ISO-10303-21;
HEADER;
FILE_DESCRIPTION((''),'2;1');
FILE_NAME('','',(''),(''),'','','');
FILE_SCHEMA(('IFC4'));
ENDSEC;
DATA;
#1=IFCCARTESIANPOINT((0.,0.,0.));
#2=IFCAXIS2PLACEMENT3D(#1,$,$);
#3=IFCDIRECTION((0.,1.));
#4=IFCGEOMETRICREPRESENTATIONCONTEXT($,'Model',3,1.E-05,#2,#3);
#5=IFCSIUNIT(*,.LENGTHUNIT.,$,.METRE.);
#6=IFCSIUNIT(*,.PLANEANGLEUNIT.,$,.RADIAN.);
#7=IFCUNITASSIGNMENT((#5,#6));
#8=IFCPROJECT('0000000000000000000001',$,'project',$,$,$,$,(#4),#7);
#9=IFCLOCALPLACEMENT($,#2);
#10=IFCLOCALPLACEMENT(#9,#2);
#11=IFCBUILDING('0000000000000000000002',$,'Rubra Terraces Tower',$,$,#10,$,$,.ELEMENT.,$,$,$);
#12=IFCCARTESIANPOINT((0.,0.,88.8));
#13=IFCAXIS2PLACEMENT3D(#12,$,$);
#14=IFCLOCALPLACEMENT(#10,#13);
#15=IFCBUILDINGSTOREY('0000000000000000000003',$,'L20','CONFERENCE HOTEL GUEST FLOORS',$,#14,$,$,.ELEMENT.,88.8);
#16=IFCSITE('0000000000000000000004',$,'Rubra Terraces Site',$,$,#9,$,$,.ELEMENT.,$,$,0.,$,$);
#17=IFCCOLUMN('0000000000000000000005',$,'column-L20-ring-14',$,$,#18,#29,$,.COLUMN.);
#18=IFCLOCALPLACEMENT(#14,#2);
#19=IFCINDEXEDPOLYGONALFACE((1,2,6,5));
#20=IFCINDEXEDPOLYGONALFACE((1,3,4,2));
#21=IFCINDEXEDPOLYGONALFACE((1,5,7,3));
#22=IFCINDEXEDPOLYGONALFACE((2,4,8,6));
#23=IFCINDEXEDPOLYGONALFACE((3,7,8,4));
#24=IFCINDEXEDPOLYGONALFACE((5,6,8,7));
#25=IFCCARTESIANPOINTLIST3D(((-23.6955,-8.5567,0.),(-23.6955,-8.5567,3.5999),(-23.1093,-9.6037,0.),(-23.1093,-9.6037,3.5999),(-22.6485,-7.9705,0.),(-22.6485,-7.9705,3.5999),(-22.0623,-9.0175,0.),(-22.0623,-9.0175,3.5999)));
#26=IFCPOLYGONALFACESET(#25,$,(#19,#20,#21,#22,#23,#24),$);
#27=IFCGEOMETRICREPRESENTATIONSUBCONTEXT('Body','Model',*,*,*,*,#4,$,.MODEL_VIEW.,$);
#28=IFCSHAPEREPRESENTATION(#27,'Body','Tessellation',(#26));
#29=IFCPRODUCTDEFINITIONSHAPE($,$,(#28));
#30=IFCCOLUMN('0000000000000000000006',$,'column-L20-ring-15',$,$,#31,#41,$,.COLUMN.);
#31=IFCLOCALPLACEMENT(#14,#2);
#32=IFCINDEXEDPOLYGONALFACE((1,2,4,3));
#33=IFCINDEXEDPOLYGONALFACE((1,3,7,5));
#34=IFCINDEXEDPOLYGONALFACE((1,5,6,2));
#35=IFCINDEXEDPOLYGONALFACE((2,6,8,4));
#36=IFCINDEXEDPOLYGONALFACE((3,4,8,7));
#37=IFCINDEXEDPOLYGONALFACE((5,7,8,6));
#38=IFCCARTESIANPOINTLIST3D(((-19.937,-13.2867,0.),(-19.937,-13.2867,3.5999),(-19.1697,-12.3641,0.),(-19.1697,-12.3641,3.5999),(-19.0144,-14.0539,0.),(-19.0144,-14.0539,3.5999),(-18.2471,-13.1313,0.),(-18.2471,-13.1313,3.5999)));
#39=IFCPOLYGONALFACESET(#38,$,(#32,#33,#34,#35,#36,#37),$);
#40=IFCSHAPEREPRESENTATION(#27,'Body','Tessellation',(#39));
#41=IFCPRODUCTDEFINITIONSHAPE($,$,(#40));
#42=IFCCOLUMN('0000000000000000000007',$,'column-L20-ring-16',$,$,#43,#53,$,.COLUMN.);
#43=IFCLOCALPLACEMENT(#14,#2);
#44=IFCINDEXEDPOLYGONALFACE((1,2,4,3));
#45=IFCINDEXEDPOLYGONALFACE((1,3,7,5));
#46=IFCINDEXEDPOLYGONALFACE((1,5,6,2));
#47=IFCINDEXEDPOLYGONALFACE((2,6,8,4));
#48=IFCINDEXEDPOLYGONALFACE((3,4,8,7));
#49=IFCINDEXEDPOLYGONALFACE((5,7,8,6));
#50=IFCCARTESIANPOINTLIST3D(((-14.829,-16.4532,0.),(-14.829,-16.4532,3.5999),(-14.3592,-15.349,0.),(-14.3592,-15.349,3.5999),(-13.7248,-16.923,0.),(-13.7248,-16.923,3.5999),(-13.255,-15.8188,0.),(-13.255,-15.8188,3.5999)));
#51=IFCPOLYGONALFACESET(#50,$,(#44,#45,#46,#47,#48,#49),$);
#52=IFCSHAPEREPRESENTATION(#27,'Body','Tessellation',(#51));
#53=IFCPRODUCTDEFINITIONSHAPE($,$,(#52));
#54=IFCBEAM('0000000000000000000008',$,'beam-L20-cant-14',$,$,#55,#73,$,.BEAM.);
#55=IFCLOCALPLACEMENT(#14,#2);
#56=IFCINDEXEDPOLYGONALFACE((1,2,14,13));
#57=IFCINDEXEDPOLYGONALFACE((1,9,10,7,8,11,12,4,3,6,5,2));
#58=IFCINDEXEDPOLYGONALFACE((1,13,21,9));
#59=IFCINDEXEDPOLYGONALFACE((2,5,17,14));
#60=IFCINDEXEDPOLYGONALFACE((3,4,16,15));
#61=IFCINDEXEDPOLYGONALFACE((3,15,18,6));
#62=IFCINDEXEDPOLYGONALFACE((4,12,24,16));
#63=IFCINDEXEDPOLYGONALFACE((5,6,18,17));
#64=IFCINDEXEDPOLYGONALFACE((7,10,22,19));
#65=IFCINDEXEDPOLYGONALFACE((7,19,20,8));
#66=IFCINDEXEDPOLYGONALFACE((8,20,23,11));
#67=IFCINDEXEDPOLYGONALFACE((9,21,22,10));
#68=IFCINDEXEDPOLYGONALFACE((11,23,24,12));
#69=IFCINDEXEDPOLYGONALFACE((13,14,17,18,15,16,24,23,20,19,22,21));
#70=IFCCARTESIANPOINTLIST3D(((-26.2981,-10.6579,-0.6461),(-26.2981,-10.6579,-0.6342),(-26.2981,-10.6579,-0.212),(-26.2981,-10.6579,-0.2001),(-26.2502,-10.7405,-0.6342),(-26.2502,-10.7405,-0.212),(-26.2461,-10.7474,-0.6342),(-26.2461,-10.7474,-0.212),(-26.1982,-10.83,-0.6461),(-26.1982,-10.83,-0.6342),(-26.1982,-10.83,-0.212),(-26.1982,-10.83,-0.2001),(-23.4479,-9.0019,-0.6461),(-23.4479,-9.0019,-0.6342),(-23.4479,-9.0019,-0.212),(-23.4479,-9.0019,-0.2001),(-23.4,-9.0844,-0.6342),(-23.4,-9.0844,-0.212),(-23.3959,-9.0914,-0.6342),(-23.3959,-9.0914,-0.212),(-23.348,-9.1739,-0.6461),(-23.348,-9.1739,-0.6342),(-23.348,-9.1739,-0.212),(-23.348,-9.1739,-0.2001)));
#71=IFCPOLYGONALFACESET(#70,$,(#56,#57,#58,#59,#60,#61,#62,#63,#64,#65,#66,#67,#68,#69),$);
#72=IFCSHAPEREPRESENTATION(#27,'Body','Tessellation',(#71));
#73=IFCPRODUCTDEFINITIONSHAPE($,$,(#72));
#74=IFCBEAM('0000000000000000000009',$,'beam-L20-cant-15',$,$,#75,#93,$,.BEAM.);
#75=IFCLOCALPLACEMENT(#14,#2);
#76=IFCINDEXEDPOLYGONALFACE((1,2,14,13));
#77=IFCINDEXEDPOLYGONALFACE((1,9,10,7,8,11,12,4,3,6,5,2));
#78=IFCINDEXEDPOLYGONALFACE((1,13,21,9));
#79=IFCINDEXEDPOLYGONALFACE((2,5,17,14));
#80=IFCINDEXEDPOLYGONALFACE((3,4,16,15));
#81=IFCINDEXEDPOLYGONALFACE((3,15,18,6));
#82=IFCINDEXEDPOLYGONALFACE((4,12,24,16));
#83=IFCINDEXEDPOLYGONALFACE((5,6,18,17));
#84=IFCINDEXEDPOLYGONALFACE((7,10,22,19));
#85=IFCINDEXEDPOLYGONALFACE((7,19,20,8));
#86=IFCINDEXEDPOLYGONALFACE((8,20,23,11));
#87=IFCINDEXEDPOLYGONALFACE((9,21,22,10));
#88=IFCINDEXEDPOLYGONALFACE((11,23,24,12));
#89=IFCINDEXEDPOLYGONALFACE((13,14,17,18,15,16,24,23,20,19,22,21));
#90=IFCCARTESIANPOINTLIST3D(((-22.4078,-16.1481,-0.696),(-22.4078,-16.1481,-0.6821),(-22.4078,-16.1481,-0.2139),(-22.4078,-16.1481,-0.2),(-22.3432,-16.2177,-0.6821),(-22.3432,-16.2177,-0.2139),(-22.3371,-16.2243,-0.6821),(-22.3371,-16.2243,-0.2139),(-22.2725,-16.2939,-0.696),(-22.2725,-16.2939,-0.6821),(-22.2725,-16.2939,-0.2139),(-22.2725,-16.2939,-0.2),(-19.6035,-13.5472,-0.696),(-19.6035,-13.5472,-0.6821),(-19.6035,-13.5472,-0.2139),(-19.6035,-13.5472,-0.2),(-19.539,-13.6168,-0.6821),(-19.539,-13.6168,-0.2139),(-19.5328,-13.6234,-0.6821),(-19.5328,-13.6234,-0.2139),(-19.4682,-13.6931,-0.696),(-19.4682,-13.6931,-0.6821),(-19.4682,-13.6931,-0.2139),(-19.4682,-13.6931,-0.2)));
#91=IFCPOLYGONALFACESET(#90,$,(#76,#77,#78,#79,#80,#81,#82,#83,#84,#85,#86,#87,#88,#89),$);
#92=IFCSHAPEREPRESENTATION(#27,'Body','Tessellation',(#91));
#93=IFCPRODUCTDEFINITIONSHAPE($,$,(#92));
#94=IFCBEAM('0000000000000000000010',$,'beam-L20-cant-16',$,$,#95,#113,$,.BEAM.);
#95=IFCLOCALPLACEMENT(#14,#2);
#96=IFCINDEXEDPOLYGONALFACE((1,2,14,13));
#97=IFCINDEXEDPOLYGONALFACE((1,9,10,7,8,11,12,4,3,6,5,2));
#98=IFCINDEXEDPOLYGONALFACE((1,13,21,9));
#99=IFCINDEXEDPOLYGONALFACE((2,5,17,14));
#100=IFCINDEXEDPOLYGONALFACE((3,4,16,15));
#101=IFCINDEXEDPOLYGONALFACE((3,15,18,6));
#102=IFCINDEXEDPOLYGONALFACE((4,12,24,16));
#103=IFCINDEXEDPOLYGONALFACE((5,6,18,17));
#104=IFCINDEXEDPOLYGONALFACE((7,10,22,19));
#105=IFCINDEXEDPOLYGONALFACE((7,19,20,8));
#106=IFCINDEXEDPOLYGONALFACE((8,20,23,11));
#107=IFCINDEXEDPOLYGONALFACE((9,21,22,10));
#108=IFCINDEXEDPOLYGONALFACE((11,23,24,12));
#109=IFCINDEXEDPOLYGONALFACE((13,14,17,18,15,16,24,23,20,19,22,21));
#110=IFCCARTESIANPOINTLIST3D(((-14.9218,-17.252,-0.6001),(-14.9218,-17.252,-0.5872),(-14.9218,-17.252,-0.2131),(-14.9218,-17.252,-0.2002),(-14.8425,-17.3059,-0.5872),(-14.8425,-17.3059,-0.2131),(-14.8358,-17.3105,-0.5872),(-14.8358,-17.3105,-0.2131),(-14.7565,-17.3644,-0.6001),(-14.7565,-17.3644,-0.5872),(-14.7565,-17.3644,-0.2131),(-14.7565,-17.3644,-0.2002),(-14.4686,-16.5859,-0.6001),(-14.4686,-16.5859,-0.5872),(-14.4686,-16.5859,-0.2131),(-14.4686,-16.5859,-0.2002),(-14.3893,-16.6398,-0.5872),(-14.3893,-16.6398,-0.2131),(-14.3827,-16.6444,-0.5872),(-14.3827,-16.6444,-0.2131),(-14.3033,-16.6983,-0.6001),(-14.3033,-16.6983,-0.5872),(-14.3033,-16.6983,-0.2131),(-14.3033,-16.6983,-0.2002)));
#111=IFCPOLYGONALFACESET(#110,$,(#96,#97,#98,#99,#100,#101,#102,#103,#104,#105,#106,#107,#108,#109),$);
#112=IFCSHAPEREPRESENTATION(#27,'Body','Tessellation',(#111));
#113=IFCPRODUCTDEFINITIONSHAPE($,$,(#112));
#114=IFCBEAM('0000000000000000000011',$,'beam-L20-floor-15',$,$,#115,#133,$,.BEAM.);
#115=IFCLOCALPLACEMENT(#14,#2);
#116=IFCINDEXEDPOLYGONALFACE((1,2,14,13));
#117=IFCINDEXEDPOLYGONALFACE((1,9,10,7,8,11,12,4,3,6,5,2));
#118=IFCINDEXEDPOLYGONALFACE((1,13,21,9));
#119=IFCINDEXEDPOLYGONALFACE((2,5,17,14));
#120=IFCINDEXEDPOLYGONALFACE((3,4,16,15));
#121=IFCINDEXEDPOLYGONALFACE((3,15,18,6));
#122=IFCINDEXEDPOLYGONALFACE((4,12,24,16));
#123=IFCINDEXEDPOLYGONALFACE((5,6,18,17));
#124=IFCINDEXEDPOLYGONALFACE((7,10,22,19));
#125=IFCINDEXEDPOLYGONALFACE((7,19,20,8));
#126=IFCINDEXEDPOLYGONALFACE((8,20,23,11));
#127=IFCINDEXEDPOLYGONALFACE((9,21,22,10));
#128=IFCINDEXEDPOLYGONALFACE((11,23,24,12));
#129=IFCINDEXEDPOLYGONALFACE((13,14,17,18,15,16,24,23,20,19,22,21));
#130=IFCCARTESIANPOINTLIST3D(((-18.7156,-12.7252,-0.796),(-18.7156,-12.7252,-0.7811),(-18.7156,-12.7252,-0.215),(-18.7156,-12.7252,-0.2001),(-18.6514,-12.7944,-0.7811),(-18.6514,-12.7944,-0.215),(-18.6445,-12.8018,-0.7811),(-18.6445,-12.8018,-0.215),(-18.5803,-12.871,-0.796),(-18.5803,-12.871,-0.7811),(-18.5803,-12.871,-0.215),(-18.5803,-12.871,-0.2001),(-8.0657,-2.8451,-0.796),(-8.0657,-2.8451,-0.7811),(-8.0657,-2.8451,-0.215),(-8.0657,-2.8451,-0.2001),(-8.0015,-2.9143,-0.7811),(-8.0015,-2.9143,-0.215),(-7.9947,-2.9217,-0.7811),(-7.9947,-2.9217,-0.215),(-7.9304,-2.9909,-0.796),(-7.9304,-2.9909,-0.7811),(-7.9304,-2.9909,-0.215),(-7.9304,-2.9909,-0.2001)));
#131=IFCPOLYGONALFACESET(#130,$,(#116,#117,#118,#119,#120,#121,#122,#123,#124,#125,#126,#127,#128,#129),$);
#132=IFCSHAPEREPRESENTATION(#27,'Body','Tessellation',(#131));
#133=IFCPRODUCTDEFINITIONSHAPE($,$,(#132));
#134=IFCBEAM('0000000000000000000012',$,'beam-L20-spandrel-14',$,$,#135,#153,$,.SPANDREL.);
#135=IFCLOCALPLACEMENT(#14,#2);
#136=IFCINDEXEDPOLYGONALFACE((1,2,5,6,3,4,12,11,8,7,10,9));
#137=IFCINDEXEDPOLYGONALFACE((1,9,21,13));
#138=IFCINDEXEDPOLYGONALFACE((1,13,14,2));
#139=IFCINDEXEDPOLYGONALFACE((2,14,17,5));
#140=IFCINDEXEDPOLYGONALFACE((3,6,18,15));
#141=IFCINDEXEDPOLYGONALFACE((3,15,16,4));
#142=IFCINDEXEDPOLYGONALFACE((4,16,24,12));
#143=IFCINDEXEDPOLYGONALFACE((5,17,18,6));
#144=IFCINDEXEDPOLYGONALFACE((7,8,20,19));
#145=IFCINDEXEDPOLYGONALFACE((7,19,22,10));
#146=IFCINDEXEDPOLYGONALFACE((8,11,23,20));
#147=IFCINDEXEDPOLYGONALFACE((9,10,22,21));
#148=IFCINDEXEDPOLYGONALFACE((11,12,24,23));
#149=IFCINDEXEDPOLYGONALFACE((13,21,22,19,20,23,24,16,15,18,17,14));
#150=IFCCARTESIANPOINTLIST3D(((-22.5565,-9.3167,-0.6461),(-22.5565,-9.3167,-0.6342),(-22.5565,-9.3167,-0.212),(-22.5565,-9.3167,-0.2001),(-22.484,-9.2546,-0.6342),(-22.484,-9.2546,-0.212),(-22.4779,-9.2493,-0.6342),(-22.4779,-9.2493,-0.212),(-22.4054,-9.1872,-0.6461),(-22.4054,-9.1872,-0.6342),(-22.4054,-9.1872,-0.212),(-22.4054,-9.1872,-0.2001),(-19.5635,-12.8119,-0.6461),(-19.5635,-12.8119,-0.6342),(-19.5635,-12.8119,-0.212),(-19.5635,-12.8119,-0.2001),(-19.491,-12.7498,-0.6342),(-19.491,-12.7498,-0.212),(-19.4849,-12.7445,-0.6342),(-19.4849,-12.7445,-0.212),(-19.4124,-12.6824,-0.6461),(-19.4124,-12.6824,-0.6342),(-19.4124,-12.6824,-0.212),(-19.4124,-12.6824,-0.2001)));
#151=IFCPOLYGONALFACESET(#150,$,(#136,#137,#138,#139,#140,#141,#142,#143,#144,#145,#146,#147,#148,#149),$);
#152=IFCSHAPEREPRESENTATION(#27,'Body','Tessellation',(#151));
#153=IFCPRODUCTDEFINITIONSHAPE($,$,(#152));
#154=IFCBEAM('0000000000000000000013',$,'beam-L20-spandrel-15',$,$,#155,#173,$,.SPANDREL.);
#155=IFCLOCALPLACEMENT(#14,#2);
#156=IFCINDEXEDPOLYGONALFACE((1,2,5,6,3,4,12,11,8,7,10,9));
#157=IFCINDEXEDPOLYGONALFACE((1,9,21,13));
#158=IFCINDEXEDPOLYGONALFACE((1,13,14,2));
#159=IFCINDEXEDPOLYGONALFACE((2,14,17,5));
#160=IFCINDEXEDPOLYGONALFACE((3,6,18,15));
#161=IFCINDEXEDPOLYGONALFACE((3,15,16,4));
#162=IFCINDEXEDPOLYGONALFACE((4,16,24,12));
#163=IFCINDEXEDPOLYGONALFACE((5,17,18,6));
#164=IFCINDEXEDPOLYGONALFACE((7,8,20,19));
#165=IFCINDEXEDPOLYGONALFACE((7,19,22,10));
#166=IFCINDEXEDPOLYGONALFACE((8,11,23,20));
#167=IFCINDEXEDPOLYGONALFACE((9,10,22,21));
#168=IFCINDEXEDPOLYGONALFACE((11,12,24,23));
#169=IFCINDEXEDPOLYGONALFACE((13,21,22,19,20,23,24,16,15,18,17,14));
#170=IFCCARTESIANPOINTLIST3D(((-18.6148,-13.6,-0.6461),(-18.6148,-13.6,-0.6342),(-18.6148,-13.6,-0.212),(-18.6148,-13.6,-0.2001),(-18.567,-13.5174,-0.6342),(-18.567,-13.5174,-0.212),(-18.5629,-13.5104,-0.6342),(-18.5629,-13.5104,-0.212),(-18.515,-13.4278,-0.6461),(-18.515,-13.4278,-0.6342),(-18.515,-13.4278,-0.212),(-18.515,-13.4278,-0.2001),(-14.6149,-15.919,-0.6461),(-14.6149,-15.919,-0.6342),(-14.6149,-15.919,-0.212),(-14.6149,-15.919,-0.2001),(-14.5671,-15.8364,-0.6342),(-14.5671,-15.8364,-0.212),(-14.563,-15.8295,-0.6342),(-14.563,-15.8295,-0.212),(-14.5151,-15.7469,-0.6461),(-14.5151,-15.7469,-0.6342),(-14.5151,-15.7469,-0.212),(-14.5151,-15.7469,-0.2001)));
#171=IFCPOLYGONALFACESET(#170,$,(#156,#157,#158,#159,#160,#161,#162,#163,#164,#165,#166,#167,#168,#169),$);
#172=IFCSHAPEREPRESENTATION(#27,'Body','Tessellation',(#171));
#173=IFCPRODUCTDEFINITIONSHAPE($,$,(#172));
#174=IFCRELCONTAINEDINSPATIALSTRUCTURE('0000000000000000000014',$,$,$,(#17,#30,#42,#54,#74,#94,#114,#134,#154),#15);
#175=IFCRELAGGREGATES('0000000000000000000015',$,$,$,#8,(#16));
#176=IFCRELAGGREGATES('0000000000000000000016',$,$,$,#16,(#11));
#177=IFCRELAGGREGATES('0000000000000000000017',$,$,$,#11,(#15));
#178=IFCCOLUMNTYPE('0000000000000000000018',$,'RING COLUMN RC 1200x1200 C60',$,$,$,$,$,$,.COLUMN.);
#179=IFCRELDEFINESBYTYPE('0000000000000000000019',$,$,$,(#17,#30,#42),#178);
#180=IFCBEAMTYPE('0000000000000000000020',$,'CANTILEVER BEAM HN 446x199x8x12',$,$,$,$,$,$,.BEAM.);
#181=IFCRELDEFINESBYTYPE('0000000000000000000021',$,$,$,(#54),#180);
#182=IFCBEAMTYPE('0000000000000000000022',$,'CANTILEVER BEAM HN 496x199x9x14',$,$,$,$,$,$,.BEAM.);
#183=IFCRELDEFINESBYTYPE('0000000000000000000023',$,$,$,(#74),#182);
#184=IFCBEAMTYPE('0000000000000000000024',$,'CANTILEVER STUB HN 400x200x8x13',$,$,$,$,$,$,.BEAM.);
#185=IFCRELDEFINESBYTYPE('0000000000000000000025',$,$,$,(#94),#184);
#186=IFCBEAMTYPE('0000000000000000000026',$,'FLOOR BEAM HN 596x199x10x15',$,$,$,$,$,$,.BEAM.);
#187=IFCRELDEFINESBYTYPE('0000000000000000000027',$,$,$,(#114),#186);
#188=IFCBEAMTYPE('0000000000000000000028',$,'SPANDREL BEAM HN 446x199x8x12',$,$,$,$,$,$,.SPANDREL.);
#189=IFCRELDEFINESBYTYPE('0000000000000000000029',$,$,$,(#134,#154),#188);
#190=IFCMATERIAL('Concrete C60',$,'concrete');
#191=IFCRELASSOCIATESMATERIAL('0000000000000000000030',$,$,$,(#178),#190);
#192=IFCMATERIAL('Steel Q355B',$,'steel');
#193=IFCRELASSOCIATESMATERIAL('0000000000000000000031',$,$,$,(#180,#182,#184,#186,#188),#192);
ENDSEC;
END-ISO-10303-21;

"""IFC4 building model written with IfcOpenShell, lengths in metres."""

from ifc_helpers import new_model, si_unit, direction, frame, origin, origin_2d, place, context, subcontext, project, spatial, rectangle, i_section, extrude, material, material_profile, profile_set, type_object, element, save


model = new_model("IFC4")

# Units and contexts
model_context = context("Model", 3, precision=1e-05, world=origin(), true_north=direction((0.0, 1.0)))
body_context = subcontext(model_context, "Body", "Model", "MODEL_VIEW")
ifc_project = project(units=[si_unit("LENGTHUNIT", "METRE"), si_unit("PLANEANGLEUNIT", "RADIAN")], contexts=[model_context])

# Site, building, storey
site_placement = place(None, origin())
site = spatial("IfcSite", under=ifc_project, at=site_placement, Name="Rubra Terraces Site", CompositionType="ELEMENT", RefElevation=0.0)
building_placement = place(site_placement, origin())
building = spatial("IfcBuilding", under=site, at=building_placement, Name="Rubra Terraces Tower", CompositionType="ELEMENT")
storey_placement = place(building_placement, frame((0.0, 0.0, 88.8)))
storey = spatial("IfcBuildingStorey", under=building, at=storey_placement, Name="L20", Description="CONFERENCE HOTEL GUEST FLOORS", CompositionType="ELEMENT", Elevation=88.8)

# Columns
ifc_material_1 = material(Name="Concrete C60", Category="concrete")
ifc_material_profile_1 = material_profile(ifc_material_1, rectangle(XDim=1.2, YDim=1.2, at=origin_2d()), Name="RC 1200x1200")
ifc_profile_set_1 = profile_set([ifc_material_profile_1], Name="Concrete C60")
column_type = type_object("IfcColumnType", Name="RING COLUMN RC 1200x1200 C60", PredefinedType="COLUMN", material=ifc_profile_set_1)
for number, where, z_axis, x_axis, name in (
    (1, (-22.8789, -8.7871, 0.0), (0.0, 0.0, 1.0), (0.488526, -0.872549, 0.0), "column-L20-ring-14"),
    (2, (-19.092, -13.209, 0.0), (0.0, 0.0, 1.0), (0.76887, -0.639405, 0.0), "column-L20-ring-15"),
    (3, (-14.042, -16.136, 0.0), (0.0, 0.0, 1.0), (0.920168, -0.391524, 0.0), "column-L20-ring-16"),
):
    element("IfcColumn", number, at=place(storey_placement, frame(where, z_axis=z_axis, x_axis=x_axis)), inside=storey, type_object=column_type, Name=name, PredefinedType="COLUMN", context=body_context, shape_type="SweptSolid", body=[
        extrude(rectangle(XDim=1.2, YDim=1.2, at=origin_2d()), origin(), (0.0, 0.0, 1.0), 3.5999),
    ])

# Beams
ifc_material_2 = material(Name="Steel Q355B", Category="steel")
ifc_material_profile_2 = material_profile(ifc_material_2, i_section(OverallWidth=0.199, OverallDepth=0.446, WebThickness=0.0081, FlangeThickness=0.012, at=origin_2d()), Name="HN 446x199x8x12")
ifc_profile_set_2 = profile_set([ifc_material_profile_2], Name="Steel Q355B")
beam_type_1 = type_object("IfcBeamType", Name="CANTILEVER BEAM HN 446x199x8x12", PredefinedType="BEAM", material=ifc_profile_set_2)
beam_1_placement = place(storey_placement, frame((-23.3979, -9.0879, -0.4231), z_axis=(-0.864643, -0.502387, 0.0), x_axis=(0.502387, -0.864643, 0.0)))
element("IfcBeam", 4, at=beam_1_placement, inside=storey, type_object=beam_type_1, Name="beam-L20-cant-14", PredefinedType="BEAM", context=body_context, shape_type="SweptSolid", body=[
    extrude(i_section(OverallWidth=0.199, OverallDepth=0.446, WebThickness=0.0081, FlangeThickness=0.012, at=origin_2d()), origin(), (0.0, 0.0, 1.0), 3.2964),
])
ifc_material_profile_3 = material_profile(ifc_material_2, i_section(OverallWidth=0.199, OverallDepth=0.4961, WebThickness=0.009, FlangeThickness=0.0139, at=origin_2d()), Name="HN 496x199x9x14")
ifc_profile_set_3 = profile_set([ifc_material_profile_3], Name="Steel Q355B")
beam_type_2 = type_object("IfcBeamType", Name="CANTILEVER BEAM HN 496x199x9x14", PredefinedType="BEAM", material=ifc_profile_set_3)
beam_2_placement = place(storey_placement, frame((-19.5359, -13.6201, -0.448), z_axis=(-0.733194, -0.68002, 0.0), x_axis=(0.68002, -0.733194, 0.0)))
element("IfcBeam", 5, at=beam_2_placement, inside=storey, type_object=beam_type_2, Name="beam-L20-cant-15", PredefinedType="BEAM", context=body_context, shape_type="SweptSolid", body=[
    extrude(i_section(OverallWidth=0.199, OverallDepth=0.4961, WebThickness=0.009, FlangeThickness=0.0139, at=origin_2d()), origin(), (0.0, 0.0, 1.0), 3.8247),
])
ifc_material_profile_4 = material_profile(ifc_material_2, i_section(OverallWidth=0.2, OverallDepth=0.3999, WebThickness=0.0081, FlangeThickness=0.0129, at=origin_2d()), Name="HN 400x200x8x13")
ifc_profile_set_4 = profile_set([ifc_material_profile_4], Name="Steel Q355B")
beam_type_3 = type_object("IfcBeamType", Name="CANTILEVER STUB HN 400x200x8x13", PredefinedType="BEAM", material=ifc_profile_set_4)
beam_3_placement = place(storey_placement, frame((-14.386, -16.6421, -0.4001), z_axis=(-0.562509, -0.826791, 0.0), x_axis=(0.826791, -0.562509, 0.0)))
element("IfcBeam", 6, at=beam_3_placement, inside=storey, type_object=beam_type_3, Name="beam-L20-cant-16", PredefinedType="BEAM", context=body_context, shape_type="SweptSolid", body=[
    extrude(i_section(OverallWidth=0.2, OverallDepth=0.3999, WebThickness=0.0081, FlangeThickness=0.0129, at=origin_2d()), origin(), (0.0, 0.0, 1.0), 0.8057),
])
ifc_material_profile_5 = material_profile(ifc_material_2, i_section(OverallWidth=0.199, OverallDepth=0.5959, WebThickness=0.01, FlangeThickness=0.0149, at=origin_2d()), Name="HN 596x199x10x15")
ifc_profile_set_5 = profile_set([ifc_material_profile_5], Name="Steel Q355B")
beam_type_4 = type_object("IfcBeamType", Name="FLOOR BEAM HN 596x199x10x15", PredefinedType="BEAM", material=ifc_profile_set_5)
beam_4_placement = place(storey_placement, frame((-18.6479, -12.7981, -0.498), z_axis=(0.733105, 0.680116, 0.0), x_axis=(-0.680116, 0.733105, 0.0)))
element("IfcBeam", 7, at=beam_4_placement, inside=storey, type_object=beam_type_4, Name="beam-L20-floor-15", PredefinedType="BEAM", context=body_context, shape_type="SweptSolid", body=[
    extrude(i_section(OverallWidth=0.199, OverallDepth=0.5959, WebThickness=0.01, FlangeThickness=0.0149, at=origin_2d()), origin(), (0.0, 0.0, 1.0), 14.5271),
])
ifc_material_profile_6 = material_profile(ifc_material_2, i_section(OverallWidth=0.199, OverallDepth=0.446, WebThickness=0.0081, FlangeThickness=0.012, at=origin_2d()), Name="HN 446x199x8x12")
ifc_profile_set_6 = profile_set([ifc_material_profile_6], Name="Steel Q355B")
beam_type_5 = type_object("IfcBeamType", Name="SPANDREL BEAM HN 446x199x8x12", PredefinedType="SPANDREL", material=ifc_profile_set_6)
beam_5_placement = place(storey_placement, frame((-22.481, -9.252, -0.4231), z_axis=(0.650429, -0.759567, 0.0), x_axis=(0.759567, 0.650429, 0.0)))
element("IfcBeam", 8, at=beam_5_placement, inside=storey, type_object=beam_type_5, Name="beam-L20-spandrel-14", PredefinedType="SPANDREL", context=body_context, shape_type="SweptSolid", body=[
    extrude(i_section(OverallWidth=0.199, OverallDepth=0.446, WebThickness=0.0081, FlangeThickness=0.012, at=origin_2d()), origin(), (0.0, 0.0, 1.0), 4.6016),
])
beam_6_placement = place(storey_placement, frame((-18.5649, -13.5139, -0.4231), z_axis=(0.865116, -0.501571, 0.0), x_axis=(0.501571, 0.865116, 0.0)))
element("IfcBeam", 9, at=beam_6_placement, inside=storey, type_object=beam_type_5, Name="beam-L20-spandrel-15", PredefinedType="SPANDREL", context=body_context, shape_type="SweptSolid", body=[
    extrude(i_section(OverallWidth=0.199, OverallDepth=0.446, WebThickness=0.0081, FlangeThickness=0.012, at=origin_2d()), origin(), (0.0, 0.0, 1.0), 4.6235),
])

save(model, "model.ifc")
